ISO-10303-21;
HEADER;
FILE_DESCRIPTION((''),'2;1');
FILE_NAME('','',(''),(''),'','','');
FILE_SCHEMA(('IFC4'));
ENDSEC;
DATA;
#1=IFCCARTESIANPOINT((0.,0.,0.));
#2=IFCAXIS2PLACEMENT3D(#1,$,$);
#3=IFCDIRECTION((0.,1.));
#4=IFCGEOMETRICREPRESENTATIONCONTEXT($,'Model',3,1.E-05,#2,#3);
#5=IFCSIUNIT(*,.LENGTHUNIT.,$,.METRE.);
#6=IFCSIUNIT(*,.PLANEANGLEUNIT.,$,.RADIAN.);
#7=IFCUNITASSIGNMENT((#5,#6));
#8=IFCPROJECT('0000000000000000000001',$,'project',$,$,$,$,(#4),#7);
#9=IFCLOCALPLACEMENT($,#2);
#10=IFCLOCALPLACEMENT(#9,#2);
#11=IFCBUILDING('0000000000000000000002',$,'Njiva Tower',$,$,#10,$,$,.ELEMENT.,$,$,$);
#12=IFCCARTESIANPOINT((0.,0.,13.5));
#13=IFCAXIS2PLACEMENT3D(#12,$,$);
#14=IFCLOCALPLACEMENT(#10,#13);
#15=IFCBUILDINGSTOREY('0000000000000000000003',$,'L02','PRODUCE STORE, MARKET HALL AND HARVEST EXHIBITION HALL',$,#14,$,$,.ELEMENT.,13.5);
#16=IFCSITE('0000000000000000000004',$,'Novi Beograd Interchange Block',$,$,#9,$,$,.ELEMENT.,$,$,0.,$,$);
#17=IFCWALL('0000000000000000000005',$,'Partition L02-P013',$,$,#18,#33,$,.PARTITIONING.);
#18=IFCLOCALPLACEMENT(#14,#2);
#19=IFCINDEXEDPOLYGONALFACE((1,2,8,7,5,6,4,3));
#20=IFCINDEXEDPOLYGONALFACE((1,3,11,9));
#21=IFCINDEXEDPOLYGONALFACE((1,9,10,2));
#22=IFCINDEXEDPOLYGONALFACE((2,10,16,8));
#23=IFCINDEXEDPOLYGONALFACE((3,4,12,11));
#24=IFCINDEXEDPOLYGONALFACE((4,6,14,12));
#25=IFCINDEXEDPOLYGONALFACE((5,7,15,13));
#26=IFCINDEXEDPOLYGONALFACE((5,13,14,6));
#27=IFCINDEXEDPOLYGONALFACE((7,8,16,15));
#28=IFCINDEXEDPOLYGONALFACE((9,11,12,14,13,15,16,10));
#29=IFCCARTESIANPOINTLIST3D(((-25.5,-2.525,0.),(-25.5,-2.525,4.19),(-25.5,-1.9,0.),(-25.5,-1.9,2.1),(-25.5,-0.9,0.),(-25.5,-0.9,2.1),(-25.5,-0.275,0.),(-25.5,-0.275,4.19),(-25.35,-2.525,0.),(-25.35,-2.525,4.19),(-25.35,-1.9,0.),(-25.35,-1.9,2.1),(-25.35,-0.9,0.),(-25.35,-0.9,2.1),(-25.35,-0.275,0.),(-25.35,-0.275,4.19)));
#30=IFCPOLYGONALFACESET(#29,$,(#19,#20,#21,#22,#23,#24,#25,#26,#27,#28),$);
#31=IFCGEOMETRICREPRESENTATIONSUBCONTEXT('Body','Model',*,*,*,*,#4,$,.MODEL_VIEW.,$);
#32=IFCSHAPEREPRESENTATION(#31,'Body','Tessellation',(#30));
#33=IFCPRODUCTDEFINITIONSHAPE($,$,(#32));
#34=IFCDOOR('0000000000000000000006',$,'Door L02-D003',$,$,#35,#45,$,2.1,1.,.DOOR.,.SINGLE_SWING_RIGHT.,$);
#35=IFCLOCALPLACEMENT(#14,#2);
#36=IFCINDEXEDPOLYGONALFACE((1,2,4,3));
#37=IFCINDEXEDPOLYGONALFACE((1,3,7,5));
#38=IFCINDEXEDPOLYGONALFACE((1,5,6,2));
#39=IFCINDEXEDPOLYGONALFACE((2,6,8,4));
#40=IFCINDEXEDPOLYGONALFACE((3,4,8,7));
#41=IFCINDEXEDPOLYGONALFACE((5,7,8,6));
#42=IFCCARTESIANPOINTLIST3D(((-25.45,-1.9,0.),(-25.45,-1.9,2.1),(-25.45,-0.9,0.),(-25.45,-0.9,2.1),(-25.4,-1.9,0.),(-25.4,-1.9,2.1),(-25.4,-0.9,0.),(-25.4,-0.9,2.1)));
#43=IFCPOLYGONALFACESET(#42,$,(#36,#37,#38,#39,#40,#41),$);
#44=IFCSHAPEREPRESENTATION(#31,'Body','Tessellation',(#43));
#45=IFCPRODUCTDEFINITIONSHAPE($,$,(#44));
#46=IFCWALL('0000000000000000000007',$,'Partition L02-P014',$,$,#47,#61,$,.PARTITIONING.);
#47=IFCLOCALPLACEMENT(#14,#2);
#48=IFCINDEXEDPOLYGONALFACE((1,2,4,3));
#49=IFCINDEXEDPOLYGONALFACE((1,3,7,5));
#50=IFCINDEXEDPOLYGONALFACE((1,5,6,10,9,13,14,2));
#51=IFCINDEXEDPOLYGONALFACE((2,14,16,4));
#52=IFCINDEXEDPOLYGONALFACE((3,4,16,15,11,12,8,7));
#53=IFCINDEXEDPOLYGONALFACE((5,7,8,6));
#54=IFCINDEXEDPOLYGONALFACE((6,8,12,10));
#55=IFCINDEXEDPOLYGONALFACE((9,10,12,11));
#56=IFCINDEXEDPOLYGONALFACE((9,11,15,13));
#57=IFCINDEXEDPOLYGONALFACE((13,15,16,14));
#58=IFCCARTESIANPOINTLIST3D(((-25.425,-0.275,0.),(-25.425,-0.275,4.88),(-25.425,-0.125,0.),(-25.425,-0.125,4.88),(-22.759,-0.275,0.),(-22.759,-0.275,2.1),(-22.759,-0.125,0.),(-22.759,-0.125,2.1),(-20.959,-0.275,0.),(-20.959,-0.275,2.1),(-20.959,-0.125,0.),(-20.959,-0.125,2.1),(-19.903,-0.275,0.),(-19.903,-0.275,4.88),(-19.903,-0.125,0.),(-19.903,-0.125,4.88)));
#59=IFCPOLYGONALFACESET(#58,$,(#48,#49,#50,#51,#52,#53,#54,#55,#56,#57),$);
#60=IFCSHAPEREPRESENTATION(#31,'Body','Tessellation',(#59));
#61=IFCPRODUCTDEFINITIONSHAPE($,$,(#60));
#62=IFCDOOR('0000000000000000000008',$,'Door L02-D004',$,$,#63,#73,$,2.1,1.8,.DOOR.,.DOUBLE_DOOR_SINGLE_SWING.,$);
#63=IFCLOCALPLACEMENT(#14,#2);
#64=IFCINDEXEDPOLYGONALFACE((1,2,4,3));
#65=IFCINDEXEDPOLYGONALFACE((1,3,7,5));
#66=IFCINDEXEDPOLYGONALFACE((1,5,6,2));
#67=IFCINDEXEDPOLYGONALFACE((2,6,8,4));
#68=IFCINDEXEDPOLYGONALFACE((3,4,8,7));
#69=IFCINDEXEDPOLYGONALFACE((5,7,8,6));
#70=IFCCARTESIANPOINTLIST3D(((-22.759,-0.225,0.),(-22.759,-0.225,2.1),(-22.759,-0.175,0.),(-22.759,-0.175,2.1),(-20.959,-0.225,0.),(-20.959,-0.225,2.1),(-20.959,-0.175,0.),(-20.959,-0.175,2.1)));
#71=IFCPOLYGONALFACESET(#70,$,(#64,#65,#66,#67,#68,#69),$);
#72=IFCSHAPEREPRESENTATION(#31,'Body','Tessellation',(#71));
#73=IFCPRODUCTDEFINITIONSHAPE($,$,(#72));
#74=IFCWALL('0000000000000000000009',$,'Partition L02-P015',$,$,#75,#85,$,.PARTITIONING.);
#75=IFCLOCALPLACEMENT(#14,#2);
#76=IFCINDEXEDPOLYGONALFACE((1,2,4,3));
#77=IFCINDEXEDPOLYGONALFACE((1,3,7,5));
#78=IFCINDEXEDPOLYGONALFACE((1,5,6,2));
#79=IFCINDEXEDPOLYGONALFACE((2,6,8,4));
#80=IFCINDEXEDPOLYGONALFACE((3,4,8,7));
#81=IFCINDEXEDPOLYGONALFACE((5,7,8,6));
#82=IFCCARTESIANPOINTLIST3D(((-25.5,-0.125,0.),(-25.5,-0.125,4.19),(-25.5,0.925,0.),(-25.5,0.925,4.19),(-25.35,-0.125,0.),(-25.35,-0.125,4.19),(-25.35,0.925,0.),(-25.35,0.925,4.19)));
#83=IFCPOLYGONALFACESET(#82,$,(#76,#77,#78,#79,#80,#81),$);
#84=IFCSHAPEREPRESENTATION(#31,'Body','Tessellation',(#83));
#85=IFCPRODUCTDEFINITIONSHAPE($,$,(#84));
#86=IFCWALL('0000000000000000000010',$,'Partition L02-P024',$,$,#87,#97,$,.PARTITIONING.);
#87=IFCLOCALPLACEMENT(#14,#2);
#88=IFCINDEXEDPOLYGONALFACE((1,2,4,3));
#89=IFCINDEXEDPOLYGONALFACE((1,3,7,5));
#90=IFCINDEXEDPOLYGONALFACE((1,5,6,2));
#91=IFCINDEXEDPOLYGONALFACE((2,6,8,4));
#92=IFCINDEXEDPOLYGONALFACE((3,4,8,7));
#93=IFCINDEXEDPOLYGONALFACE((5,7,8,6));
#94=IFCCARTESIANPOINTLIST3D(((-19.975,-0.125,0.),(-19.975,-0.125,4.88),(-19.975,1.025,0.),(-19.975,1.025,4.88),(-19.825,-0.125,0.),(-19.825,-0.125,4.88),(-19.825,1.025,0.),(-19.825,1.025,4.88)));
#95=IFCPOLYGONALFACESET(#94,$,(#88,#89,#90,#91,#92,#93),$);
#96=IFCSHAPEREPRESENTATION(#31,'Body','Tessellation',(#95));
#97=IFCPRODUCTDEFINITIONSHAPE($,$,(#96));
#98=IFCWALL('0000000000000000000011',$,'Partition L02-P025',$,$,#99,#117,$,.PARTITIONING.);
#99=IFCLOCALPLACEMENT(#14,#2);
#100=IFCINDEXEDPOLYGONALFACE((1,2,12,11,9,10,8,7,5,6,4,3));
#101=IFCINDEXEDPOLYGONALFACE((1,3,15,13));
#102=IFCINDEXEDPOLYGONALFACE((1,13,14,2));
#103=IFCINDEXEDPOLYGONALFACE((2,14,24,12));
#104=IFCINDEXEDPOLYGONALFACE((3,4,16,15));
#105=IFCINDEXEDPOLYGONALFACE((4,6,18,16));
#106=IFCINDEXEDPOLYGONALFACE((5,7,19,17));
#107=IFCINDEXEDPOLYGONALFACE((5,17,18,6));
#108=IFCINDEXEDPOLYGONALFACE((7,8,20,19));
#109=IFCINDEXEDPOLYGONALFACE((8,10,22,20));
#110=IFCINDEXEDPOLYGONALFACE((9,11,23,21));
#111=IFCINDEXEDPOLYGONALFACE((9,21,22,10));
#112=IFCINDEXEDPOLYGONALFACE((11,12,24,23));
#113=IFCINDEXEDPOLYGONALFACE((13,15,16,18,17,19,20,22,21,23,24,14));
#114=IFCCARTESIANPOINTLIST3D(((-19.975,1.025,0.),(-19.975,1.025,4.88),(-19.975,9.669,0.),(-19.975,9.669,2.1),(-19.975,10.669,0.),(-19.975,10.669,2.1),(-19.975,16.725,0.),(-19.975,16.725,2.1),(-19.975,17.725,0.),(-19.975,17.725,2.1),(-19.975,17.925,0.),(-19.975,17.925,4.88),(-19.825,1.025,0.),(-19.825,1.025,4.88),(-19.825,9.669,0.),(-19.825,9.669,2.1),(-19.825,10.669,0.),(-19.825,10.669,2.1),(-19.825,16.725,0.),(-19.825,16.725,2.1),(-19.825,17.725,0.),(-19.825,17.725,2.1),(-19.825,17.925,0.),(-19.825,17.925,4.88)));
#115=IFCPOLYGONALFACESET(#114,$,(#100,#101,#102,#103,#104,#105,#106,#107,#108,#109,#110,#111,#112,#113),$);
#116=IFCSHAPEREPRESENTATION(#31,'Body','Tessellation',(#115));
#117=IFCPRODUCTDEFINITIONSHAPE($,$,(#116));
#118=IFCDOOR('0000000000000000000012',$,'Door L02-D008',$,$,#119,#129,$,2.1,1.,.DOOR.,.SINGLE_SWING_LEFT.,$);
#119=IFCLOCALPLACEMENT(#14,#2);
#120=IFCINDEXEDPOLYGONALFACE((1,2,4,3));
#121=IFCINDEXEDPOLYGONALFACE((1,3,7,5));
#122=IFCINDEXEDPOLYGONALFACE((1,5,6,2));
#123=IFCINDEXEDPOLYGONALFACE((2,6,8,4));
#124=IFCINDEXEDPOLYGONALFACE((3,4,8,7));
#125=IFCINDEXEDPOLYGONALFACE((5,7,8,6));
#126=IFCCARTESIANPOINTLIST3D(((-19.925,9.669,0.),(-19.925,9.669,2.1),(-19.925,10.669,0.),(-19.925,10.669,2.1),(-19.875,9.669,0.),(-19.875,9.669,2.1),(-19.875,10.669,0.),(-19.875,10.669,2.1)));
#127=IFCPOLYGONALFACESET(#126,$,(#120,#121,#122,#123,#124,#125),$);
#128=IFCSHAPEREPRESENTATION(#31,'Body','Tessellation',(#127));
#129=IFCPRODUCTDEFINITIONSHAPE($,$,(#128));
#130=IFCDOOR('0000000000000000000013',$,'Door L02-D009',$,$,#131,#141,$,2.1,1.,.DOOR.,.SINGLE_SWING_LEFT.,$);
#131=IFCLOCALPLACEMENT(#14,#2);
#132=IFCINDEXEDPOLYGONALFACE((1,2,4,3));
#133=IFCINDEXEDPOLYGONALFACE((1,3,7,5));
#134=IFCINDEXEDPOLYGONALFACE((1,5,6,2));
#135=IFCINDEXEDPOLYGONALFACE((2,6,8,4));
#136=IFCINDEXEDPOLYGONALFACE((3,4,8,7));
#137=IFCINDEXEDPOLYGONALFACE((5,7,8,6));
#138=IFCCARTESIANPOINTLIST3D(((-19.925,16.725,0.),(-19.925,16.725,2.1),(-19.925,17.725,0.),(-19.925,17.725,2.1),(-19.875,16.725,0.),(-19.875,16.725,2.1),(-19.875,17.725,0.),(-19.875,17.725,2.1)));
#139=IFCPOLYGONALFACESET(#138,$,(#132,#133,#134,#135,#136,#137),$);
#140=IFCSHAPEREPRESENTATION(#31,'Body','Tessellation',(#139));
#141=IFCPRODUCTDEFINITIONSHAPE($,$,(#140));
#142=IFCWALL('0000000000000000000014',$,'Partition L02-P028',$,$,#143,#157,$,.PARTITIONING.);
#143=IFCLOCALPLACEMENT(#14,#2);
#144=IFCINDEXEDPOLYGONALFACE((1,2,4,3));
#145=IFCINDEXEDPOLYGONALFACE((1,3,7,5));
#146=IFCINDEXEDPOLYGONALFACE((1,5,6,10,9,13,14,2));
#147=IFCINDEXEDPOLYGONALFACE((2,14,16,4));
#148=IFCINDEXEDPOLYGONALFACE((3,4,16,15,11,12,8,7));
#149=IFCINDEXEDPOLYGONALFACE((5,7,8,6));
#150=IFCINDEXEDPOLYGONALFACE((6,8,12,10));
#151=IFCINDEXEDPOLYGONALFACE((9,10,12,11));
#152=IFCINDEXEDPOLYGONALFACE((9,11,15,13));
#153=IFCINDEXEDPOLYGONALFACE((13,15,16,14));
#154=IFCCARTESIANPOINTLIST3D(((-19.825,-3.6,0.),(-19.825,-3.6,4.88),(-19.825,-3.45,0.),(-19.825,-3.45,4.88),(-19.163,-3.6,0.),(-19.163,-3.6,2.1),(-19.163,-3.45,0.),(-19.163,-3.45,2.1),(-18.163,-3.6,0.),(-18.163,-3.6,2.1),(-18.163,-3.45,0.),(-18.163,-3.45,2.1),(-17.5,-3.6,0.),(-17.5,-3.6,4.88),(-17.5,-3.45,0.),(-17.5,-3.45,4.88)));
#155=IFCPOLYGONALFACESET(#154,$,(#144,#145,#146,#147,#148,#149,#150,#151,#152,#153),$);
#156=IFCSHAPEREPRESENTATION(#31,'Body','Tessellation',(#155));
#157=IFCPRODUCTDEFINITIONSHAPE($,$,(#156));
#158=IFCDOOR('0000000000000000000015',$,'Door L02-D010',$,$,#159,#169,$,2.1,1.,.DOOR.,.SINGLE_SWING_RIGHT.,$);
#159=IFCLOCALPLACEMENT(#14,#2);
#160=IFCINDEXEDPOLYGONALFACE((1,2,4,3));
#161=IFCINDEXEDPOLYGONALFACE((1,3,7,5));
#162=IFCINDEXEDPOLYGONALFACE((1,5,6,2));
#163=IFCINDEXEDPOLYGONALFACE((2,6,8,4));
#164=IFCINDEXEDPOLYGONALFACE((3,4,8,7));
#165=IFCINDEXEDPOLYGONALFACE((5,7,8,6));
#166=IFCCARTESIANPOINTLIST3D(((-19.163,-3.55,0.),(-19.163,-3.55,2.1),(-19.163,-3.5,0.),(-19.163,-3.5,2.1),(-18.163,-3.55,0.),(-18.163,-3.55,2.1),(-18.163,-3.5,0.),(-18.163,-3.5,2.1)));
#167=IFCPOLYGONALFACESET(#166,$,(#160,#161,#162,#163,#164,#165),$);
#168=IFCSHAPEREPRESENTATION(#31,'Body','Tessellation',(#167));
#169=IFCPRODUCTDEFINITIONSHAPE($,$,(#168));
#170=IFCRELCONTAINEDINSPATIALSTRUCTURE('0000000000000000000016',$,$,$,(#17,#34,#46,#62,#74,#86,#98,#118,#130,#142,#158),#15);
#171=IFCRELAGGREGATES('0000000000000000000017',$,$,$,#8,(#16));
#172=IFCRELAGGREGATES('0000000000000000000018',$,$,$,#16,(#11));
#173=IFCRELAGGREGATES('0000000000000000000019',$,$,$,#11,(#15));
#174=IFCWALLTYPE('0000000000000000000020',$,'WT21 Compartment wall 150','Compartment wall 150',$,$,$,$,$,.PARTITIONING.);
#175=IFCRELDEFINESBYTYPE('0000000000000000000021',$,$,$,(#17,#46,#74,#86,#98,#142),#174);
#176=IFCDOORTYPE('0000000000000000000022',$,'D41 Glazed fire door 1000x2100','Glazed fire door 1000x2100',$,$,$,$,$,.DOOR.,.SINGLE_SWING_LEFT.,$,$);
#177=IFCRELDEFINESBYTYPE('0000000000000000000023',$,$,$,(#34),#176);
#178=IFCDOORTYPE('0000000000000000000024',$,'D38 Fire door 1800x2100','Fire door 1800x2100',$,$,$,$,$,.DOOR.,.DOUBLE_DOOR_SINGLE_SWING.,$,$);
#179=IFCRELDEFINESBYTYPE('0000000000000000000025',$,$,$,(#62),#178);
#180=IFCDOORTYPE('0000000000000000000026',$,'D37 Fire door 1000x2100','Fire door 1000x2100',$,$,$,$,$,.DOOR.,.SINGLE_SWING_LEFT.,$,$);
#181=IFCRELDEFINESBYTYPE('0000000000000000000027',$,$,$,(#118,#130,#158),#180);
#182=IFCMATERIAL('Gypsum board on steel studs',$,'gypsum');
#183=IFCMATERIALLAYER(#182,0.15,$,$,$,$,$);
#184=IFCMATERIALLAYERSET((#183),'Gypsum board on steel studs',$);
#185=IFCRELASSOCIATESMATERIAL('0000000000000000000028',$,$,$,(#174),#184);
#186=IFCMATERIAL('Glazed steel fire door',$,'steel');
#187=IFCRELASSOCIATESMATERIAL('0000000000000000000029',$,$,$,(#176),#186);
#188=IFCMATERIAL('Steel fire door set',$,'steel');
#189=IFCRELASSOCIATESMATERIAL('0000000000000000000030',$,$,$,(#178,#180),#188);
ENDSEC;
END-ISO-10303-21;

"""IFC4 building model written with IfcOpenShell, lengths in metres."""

from ifc_helpers import new_model, si_unit, direction, frame, frame_2d, origin, place, context, subcontext, project, spatial, rectangle, extrude, material, layer, layer_set, type_object, element, fill, save


model = new_model("IFC4")

# Units and contexts
model_context = context("Model", 3, precision=1e-05, world=origin(), true_north=direction((0.0, 1.0)))
body_context = subcontext(model_context, "Body", "Model", "MODEL_VIEW")
ifc_project = project(units=[si_unit("LENGTHUNIT", "METRE"), si_unit("PLANEANGLEUNIT", "RADIAN")], contexts=[model_context])

# Site, building, storey
site_placement = place(None, origin())
site = spatial("IfcSite", under=ifc_project, at=site_placement, Name="Novi Beograd Interchange Block", CompositionType="ELEMENT", RefElevation=0.0)
building_placement = place(site_placement, origin())
building = spatial("IfcBuilding", under=site, at=building_placement, Name="Njiva Tower", CompositionType="ELEMENT")
storey_placement = place(building_placement, frame((0.0, 0.0, 13.5)))
storey = spatial("IfcBuildingStorey", under=building, at=storey_placement, Name="L02", Description="PRODUCE STORE, MARKET HALL AND HARVEST EXHIBITION HALL", CompositionType="ELEMENT", Elevation=13.5)

# Shared definitions
ifc_material_1 = material(Name="Gypsum board on steel studs", Category="gypsum")
ifc_layer = layer(ifc_material_1, 0.15)
ifc_layer_set = layer_set([ifc_layer], Name="Gypsum board on steel studs")
wall_type = type_object("IfcWallType", Name="WT21 Compartment wall 150", Description="Compartment wall 150", PredefinedType="PARTITIONING", material=ifc_layer_set)

# Walls, openings, doors
wall_1_placement = place(storey_placement, frame((-25.425, -2.525, 0.0), z_axis=(0.0, 0.0, 1.0), x_axis=(0.0, 1.0, 0.0)))
wall_1 = element("IfcWall", 1, at=wall_1_placement, inside=storey, type_object=wall_type, Name="Partition L02-P013", PredefinedType="PARTITIONING", context=body_context, shape_type="SweptSolid", body=[
    extrude(rectangle(XDim=2.25, YDim=0.15, at=frame_2d((1.125, 0.0))), origin(), (0.0, 0.0, 1.0), 4.19),
])
opening_1_placement = place(wall_1_placement, frame((0.625, 0.0, 0.0)))
opening_1 = element("IfcOpeningElement", 2, at=opening_1_placement, cuts=wall_1, PredefinedType="OPENING", context=body_context, shape_type="SweptSolid", body=[
    extrude(rectangle(XDim=1.0, YDim=2.1, at=frame_2d((0.5, 1.05))), frame((0.0, 0.085, 0.0), z_axis=(0.0, -1.0, 0.0), x_axis=(1.0, 0.0, 0.0)), (0.0, 0.0, 1.0), 0.17),
])
ifc_material_2 = material(Name="Glazed steel fire door", Category="steel")
door_type_1 = type_object("IfcDoorType", Name="D41 Glazed fire door 1000x2100", Description="Glazed fire door 1000x2100", OperationType="SINGLE_SWING_LEFT", PredefinedType="DOOR", material=ifc_material_2)
door_1_placement = place(opening_1_placement, origin())
door_1 = element("IfcDoor", 3, at=door_1_placement, inside=storey, type_object=door_type_1, Name="Door L02-D003", OperationType="SINGLE_SWING_RIGHT", OverallHeight=2.1, OverallWidth=1.0, PredefinedType="DOOR", context=body_context, shape_type="SweptSolid", body=[
    extrude(rectangle(XDim=1.0, YDim=2.1, at=frame_2d((0.5, 1.05))), frame((0.0, 0.025, 0.0), z_axis=(0.0, -1.0, 0.0), x_axis=(1.0, 0.0, 0.0)), (0.0, 0.0, 1.0), 0.05),
])
fill(opening_1, door_1)
wall_2_placement = place(storey_placement, frame((-25.425, -0.2, 0.0), z_axis=(0.0, 0.0, 1.0), x_axis=(1.0, 0.0, 0.0)))
wall_2 = element("IfcWall", 4, at=wall_2_placement, inside=storey, type_object=wall_type, Name="Partition L02-P014", PredefinedType="PARTITIONING", context=body_context, shape_type="SweptSolid", body=[
    extrude(rectangle(XDim=5.522, YDim=0.15, at=frame_2d((2.761, 0.0))), origin(), (0.0, 0.0, 1.0), 4.88),
])
opening_2_placement = place(wall_2_placement, frame((2.666, 0.0, 0.0)))
opening_2 = element("IfcOpeningElement", 5, at=opening_2_placement, cuts=wall_2, PredefinedType="OPENING", context=body_context, shape_type="SweptSolid", body=[
    extrude(rectangle(XDim=1.8, YDim=2.1, at=frame_2d((0.9, 1.05))), frame((0.0, 0.085, 0.0), z_axis=(0.0, -1.0, 0.0), x_axis=(1.0, 0.0, 0.0)), (0.0, 0.0, 1.0), 0.17),
])
ifc_material_3 = material(Name="Steel fire door set", Category="steel")
door_type_2 = type_object("IfcDoorType", Name="D38 Fire door 1800x2100", Description="Fire door 1800x2100", OperationType="DOUBLE_DOOR_SINGLE_SWING", PredefinedType="DOOR", material=ifc_material_3)
door_2_placement = place(opening_2_placement, origin())
door_2 = element("IfcDoor", 6, at=door_2_placement, inside=storey, type_object=door_type_2, Name="Door L02-D004", OperationType="DOUBLE_DOOR_SINGLE_SWING", OverallHeight=2.1, OverallWidth=1.8, PredefinedType="DOOR", context=body_context, shape_type="SweptSolid", body=[
    extrude(rectangle(XDim=1.8, YDim=2.1, at=frame_2d((0.9, 1.05))), frame((0.0, 0.025, 0.0), z_axis=(0.0, -1.0, 0.0), x_axis=(1.0, 0.0, 0.0)), (0.0, 0.0, 1.0), 0.05),
])
fill(opening_2, door_2)

# Walls
wall_3_placement = place(storey_placement, frame((-25.425, -0.125, 0.0), z_axis=(0.0, 0.0, 1.0), x_axis=(0.0, 1.0, 0.0)))
element("IfcWall", 7, at=wall_3_placement, inside=storey, type_object=wall_type, Name="Partition L02-P015", PredefinedType="PARTITIONING", context=body_context, shape_type="SweptSolid", body=[
    extrude(rectangle(XDim=1.05, YDim=0.15, at=frame_2d((0.525, 0.0))), origin(), (0.0, 0.0, 1.0), 4.19),
])
wall_4_placement = place(storey_placement, frame((-19.9, -0.125, 0.0), z_axis=(0.0, 0.0, 1.0), x_axis=(0.0, 1.0, 0.0)))
element("IfcWall", 8, at=wall_4_placement, inside=storey, type_object=wall_type, Name="Partition L02-P024", PredefinedType="PARTITIONING", context=body_context, shape_type="SweptSolid", body=[
    extrude(rectangle(XDim=1.15, YDim=0.15, at=frame_2d((0.575, 0.0))), origin(), (0.0, 0.0, 1.0), 4.88),
])

# Wall, openings, doors
wall_5_placement = place(storey_placement, frame((-19.9, 1.025, 0.0), z_axis=(0.0, 0.0, 1.0), x_axis=(0.0, 1.0, 0.0)))
wall_5 = element("IfcWall", 9, at=wall_5_placement, inside=storey, type_object=wall_type, Name="Partition L02-P025", PredefinedType="PARTITIONING", context=body_context, shape_type="SweptSolid", body=[
    extrude(rectangle(XDim=16.9, YDim=0.15, at=frame_2d((8.45, 0.0))), origin(), (0.0, 0.0, 1.0), 4.88),
])
opening_3_placement = place(wall_5_placement, frame((8.644, 0.0, 0.0)))
opening_3 = element("IfcOpeningElement", 10, at=opening_3_placement, cuts=wall_5, PredefinedType="OPENING", context=body_context, shape_type="SweptSolid", body=[
    extrude(rectangle(XDim=1.0, YDim=2.1, at=frame_2d((0.5, 1.05))), frame((0.0, 0.085, 0.0), z_axis=(0.0, -1.0, 0.0), x_axis=(1.0, 0.0, 0.0)), (0.0, 0.0, 1.0), 0.17),
])
opening_4_placement = place(wall_5_placement, frame((15.7, 0.0, 0.0)))
opening_4 = element("IfcOpeningElement", 11, at=opening_4_placement, cuts=wall_5, PredefinedType="OPENING", context=body_context, shape_type="SweptSolid", body=[
    extrude(rectangle(XDim=1.0, YDim=2.1, at=frame_2d((0.5, 1.05))), frame((0.0, 0.085, 0.0), z_axis=(0.0, -1.0, 0.0), x_axis=(1.0, 0.0, 0.0)), (0.0, 0.0, 1.0), 0.17),
])
door_type_3 = type_object("IfcDoorType", Name="D37 Fire door 1000x2100", Description="Fire door 1000x2100", OperationType="SINGLE_SWING_LEFT", PredefinedType="DOOR", material=ifc_material_3)
door_3_placement = place(opening_3_placement, origin())
door_3 = element("IfcDoor", 12, at=door_3_placement, inside=storey, type_object=door_type_3, Name="Door L02-D008", OperationType="SINGLE_SWING_LEFT", OverallHeight=2.1, OverallWidth=1.0, PredefinedType="DOOR", context=body_context, shape_type="SweptSolid", body=[
    extrude(rectangle(XDim=1.0, YDim=2.1, at=frame_2d((0.5, 1.05))), frame((0.0, 0.025, 0.0), z_axis=(0.0, -1.0, 0.0), x_axis=(1.0, 0.0, 0.0)), (0.0, 0.0, 1.0), 0.05),
])
fill(opening_3, door_3)
door_4_placement = place(opening_4_placement, origin())
door_4 = element("IfcDoor", 13, at=door_4_placement, inside=storey, type_object=door_type_3, Name="Door L02-D009", OperationType="SINGLE_SWING_LEFT", OverallHeight=2.1, OverallWidth=1.0, PredefinedType="DOOR", context=body_context, shape_type="SweptSolid", body=[
    extrude(rectangle(XDim=1.0, YDim=2.1, at=frame_2d((0.5, 1.05))), frame((0.0, 0.025, 0.0), z_axis=(0.0, -1.0, 0.0), x_axis=(1.0, 0.0, 0.0)), (0.0, 0.0, 1.0), 0.05),
])
fill(opening_4, door_4)

# Wall, opening, door
wall_6_placement = place(storey_placement, frame((-19.825, -3.525, 0.0), z_axis=(0.0, 0.0, 1.0), x_axis=(1.0, 0.0, 0.0)))
wall_6 = element("IfcWall", 14, at=wall_6_placement, inside=storey, type_object=wall_type, Name="Partition L02-P028", PredefinedType="PARTITIONING", context=body_context, shape_type="SweptSolid", body=[
    extrude(rectangle(XDim=2.325, YDim=0.15, at=frame_2d((1.1625, 0.0))), origin(), (0.0, 0.0, 1.0), 4.88),
])
opening_5_placement = place(wall_6_placement, frame((0.662, 0.0, 0.0)))
opening_5 = element("IfcOpeningElement", 15, at=opening_5_placement, cuts=wall_6, PredefinedType="OPENING", context=body_context, shape_type="SweptSolid", body=[
    extrude(rectangle(XDim=1.0, YDim=2.1, at=frame_2d((0.5, 1.05))), frame((0.0, 0.085, 0.0), z_axis=(0.0, -1.0, 0.0), x_axis=(1.0, 0.0, 0.0)), (0.0, 0.0, 1.0), 0.17),
])
door_5_placement = place(opening_5_placement, origin())
door_5 = element("IfcDoor", 16, at=door_5_placement, inside=storey, type_object=door_type_3, Name="Door L02-D010", OperationType="SINGLE_SWING_RIGHT", OverallHeight=2.1, OverallWidth=1.0, PredefinedType="DOOR", context=body_context, shape_type="SweptSolid", body=[
    extrude(rectangle(XDim=1.0, YDim=2.1, at=frame_2d((0.5, 1.05))), frame((0.0, 0.025, 0.0), z_axis=(0.0, -1.0, 0.0), x_axis=(1.0, 0.0, 0.0)), (0.0, 0.0, 1.0), 0.05),
])
fill(opening_5, door_5)

save(model, "model.ifc")
